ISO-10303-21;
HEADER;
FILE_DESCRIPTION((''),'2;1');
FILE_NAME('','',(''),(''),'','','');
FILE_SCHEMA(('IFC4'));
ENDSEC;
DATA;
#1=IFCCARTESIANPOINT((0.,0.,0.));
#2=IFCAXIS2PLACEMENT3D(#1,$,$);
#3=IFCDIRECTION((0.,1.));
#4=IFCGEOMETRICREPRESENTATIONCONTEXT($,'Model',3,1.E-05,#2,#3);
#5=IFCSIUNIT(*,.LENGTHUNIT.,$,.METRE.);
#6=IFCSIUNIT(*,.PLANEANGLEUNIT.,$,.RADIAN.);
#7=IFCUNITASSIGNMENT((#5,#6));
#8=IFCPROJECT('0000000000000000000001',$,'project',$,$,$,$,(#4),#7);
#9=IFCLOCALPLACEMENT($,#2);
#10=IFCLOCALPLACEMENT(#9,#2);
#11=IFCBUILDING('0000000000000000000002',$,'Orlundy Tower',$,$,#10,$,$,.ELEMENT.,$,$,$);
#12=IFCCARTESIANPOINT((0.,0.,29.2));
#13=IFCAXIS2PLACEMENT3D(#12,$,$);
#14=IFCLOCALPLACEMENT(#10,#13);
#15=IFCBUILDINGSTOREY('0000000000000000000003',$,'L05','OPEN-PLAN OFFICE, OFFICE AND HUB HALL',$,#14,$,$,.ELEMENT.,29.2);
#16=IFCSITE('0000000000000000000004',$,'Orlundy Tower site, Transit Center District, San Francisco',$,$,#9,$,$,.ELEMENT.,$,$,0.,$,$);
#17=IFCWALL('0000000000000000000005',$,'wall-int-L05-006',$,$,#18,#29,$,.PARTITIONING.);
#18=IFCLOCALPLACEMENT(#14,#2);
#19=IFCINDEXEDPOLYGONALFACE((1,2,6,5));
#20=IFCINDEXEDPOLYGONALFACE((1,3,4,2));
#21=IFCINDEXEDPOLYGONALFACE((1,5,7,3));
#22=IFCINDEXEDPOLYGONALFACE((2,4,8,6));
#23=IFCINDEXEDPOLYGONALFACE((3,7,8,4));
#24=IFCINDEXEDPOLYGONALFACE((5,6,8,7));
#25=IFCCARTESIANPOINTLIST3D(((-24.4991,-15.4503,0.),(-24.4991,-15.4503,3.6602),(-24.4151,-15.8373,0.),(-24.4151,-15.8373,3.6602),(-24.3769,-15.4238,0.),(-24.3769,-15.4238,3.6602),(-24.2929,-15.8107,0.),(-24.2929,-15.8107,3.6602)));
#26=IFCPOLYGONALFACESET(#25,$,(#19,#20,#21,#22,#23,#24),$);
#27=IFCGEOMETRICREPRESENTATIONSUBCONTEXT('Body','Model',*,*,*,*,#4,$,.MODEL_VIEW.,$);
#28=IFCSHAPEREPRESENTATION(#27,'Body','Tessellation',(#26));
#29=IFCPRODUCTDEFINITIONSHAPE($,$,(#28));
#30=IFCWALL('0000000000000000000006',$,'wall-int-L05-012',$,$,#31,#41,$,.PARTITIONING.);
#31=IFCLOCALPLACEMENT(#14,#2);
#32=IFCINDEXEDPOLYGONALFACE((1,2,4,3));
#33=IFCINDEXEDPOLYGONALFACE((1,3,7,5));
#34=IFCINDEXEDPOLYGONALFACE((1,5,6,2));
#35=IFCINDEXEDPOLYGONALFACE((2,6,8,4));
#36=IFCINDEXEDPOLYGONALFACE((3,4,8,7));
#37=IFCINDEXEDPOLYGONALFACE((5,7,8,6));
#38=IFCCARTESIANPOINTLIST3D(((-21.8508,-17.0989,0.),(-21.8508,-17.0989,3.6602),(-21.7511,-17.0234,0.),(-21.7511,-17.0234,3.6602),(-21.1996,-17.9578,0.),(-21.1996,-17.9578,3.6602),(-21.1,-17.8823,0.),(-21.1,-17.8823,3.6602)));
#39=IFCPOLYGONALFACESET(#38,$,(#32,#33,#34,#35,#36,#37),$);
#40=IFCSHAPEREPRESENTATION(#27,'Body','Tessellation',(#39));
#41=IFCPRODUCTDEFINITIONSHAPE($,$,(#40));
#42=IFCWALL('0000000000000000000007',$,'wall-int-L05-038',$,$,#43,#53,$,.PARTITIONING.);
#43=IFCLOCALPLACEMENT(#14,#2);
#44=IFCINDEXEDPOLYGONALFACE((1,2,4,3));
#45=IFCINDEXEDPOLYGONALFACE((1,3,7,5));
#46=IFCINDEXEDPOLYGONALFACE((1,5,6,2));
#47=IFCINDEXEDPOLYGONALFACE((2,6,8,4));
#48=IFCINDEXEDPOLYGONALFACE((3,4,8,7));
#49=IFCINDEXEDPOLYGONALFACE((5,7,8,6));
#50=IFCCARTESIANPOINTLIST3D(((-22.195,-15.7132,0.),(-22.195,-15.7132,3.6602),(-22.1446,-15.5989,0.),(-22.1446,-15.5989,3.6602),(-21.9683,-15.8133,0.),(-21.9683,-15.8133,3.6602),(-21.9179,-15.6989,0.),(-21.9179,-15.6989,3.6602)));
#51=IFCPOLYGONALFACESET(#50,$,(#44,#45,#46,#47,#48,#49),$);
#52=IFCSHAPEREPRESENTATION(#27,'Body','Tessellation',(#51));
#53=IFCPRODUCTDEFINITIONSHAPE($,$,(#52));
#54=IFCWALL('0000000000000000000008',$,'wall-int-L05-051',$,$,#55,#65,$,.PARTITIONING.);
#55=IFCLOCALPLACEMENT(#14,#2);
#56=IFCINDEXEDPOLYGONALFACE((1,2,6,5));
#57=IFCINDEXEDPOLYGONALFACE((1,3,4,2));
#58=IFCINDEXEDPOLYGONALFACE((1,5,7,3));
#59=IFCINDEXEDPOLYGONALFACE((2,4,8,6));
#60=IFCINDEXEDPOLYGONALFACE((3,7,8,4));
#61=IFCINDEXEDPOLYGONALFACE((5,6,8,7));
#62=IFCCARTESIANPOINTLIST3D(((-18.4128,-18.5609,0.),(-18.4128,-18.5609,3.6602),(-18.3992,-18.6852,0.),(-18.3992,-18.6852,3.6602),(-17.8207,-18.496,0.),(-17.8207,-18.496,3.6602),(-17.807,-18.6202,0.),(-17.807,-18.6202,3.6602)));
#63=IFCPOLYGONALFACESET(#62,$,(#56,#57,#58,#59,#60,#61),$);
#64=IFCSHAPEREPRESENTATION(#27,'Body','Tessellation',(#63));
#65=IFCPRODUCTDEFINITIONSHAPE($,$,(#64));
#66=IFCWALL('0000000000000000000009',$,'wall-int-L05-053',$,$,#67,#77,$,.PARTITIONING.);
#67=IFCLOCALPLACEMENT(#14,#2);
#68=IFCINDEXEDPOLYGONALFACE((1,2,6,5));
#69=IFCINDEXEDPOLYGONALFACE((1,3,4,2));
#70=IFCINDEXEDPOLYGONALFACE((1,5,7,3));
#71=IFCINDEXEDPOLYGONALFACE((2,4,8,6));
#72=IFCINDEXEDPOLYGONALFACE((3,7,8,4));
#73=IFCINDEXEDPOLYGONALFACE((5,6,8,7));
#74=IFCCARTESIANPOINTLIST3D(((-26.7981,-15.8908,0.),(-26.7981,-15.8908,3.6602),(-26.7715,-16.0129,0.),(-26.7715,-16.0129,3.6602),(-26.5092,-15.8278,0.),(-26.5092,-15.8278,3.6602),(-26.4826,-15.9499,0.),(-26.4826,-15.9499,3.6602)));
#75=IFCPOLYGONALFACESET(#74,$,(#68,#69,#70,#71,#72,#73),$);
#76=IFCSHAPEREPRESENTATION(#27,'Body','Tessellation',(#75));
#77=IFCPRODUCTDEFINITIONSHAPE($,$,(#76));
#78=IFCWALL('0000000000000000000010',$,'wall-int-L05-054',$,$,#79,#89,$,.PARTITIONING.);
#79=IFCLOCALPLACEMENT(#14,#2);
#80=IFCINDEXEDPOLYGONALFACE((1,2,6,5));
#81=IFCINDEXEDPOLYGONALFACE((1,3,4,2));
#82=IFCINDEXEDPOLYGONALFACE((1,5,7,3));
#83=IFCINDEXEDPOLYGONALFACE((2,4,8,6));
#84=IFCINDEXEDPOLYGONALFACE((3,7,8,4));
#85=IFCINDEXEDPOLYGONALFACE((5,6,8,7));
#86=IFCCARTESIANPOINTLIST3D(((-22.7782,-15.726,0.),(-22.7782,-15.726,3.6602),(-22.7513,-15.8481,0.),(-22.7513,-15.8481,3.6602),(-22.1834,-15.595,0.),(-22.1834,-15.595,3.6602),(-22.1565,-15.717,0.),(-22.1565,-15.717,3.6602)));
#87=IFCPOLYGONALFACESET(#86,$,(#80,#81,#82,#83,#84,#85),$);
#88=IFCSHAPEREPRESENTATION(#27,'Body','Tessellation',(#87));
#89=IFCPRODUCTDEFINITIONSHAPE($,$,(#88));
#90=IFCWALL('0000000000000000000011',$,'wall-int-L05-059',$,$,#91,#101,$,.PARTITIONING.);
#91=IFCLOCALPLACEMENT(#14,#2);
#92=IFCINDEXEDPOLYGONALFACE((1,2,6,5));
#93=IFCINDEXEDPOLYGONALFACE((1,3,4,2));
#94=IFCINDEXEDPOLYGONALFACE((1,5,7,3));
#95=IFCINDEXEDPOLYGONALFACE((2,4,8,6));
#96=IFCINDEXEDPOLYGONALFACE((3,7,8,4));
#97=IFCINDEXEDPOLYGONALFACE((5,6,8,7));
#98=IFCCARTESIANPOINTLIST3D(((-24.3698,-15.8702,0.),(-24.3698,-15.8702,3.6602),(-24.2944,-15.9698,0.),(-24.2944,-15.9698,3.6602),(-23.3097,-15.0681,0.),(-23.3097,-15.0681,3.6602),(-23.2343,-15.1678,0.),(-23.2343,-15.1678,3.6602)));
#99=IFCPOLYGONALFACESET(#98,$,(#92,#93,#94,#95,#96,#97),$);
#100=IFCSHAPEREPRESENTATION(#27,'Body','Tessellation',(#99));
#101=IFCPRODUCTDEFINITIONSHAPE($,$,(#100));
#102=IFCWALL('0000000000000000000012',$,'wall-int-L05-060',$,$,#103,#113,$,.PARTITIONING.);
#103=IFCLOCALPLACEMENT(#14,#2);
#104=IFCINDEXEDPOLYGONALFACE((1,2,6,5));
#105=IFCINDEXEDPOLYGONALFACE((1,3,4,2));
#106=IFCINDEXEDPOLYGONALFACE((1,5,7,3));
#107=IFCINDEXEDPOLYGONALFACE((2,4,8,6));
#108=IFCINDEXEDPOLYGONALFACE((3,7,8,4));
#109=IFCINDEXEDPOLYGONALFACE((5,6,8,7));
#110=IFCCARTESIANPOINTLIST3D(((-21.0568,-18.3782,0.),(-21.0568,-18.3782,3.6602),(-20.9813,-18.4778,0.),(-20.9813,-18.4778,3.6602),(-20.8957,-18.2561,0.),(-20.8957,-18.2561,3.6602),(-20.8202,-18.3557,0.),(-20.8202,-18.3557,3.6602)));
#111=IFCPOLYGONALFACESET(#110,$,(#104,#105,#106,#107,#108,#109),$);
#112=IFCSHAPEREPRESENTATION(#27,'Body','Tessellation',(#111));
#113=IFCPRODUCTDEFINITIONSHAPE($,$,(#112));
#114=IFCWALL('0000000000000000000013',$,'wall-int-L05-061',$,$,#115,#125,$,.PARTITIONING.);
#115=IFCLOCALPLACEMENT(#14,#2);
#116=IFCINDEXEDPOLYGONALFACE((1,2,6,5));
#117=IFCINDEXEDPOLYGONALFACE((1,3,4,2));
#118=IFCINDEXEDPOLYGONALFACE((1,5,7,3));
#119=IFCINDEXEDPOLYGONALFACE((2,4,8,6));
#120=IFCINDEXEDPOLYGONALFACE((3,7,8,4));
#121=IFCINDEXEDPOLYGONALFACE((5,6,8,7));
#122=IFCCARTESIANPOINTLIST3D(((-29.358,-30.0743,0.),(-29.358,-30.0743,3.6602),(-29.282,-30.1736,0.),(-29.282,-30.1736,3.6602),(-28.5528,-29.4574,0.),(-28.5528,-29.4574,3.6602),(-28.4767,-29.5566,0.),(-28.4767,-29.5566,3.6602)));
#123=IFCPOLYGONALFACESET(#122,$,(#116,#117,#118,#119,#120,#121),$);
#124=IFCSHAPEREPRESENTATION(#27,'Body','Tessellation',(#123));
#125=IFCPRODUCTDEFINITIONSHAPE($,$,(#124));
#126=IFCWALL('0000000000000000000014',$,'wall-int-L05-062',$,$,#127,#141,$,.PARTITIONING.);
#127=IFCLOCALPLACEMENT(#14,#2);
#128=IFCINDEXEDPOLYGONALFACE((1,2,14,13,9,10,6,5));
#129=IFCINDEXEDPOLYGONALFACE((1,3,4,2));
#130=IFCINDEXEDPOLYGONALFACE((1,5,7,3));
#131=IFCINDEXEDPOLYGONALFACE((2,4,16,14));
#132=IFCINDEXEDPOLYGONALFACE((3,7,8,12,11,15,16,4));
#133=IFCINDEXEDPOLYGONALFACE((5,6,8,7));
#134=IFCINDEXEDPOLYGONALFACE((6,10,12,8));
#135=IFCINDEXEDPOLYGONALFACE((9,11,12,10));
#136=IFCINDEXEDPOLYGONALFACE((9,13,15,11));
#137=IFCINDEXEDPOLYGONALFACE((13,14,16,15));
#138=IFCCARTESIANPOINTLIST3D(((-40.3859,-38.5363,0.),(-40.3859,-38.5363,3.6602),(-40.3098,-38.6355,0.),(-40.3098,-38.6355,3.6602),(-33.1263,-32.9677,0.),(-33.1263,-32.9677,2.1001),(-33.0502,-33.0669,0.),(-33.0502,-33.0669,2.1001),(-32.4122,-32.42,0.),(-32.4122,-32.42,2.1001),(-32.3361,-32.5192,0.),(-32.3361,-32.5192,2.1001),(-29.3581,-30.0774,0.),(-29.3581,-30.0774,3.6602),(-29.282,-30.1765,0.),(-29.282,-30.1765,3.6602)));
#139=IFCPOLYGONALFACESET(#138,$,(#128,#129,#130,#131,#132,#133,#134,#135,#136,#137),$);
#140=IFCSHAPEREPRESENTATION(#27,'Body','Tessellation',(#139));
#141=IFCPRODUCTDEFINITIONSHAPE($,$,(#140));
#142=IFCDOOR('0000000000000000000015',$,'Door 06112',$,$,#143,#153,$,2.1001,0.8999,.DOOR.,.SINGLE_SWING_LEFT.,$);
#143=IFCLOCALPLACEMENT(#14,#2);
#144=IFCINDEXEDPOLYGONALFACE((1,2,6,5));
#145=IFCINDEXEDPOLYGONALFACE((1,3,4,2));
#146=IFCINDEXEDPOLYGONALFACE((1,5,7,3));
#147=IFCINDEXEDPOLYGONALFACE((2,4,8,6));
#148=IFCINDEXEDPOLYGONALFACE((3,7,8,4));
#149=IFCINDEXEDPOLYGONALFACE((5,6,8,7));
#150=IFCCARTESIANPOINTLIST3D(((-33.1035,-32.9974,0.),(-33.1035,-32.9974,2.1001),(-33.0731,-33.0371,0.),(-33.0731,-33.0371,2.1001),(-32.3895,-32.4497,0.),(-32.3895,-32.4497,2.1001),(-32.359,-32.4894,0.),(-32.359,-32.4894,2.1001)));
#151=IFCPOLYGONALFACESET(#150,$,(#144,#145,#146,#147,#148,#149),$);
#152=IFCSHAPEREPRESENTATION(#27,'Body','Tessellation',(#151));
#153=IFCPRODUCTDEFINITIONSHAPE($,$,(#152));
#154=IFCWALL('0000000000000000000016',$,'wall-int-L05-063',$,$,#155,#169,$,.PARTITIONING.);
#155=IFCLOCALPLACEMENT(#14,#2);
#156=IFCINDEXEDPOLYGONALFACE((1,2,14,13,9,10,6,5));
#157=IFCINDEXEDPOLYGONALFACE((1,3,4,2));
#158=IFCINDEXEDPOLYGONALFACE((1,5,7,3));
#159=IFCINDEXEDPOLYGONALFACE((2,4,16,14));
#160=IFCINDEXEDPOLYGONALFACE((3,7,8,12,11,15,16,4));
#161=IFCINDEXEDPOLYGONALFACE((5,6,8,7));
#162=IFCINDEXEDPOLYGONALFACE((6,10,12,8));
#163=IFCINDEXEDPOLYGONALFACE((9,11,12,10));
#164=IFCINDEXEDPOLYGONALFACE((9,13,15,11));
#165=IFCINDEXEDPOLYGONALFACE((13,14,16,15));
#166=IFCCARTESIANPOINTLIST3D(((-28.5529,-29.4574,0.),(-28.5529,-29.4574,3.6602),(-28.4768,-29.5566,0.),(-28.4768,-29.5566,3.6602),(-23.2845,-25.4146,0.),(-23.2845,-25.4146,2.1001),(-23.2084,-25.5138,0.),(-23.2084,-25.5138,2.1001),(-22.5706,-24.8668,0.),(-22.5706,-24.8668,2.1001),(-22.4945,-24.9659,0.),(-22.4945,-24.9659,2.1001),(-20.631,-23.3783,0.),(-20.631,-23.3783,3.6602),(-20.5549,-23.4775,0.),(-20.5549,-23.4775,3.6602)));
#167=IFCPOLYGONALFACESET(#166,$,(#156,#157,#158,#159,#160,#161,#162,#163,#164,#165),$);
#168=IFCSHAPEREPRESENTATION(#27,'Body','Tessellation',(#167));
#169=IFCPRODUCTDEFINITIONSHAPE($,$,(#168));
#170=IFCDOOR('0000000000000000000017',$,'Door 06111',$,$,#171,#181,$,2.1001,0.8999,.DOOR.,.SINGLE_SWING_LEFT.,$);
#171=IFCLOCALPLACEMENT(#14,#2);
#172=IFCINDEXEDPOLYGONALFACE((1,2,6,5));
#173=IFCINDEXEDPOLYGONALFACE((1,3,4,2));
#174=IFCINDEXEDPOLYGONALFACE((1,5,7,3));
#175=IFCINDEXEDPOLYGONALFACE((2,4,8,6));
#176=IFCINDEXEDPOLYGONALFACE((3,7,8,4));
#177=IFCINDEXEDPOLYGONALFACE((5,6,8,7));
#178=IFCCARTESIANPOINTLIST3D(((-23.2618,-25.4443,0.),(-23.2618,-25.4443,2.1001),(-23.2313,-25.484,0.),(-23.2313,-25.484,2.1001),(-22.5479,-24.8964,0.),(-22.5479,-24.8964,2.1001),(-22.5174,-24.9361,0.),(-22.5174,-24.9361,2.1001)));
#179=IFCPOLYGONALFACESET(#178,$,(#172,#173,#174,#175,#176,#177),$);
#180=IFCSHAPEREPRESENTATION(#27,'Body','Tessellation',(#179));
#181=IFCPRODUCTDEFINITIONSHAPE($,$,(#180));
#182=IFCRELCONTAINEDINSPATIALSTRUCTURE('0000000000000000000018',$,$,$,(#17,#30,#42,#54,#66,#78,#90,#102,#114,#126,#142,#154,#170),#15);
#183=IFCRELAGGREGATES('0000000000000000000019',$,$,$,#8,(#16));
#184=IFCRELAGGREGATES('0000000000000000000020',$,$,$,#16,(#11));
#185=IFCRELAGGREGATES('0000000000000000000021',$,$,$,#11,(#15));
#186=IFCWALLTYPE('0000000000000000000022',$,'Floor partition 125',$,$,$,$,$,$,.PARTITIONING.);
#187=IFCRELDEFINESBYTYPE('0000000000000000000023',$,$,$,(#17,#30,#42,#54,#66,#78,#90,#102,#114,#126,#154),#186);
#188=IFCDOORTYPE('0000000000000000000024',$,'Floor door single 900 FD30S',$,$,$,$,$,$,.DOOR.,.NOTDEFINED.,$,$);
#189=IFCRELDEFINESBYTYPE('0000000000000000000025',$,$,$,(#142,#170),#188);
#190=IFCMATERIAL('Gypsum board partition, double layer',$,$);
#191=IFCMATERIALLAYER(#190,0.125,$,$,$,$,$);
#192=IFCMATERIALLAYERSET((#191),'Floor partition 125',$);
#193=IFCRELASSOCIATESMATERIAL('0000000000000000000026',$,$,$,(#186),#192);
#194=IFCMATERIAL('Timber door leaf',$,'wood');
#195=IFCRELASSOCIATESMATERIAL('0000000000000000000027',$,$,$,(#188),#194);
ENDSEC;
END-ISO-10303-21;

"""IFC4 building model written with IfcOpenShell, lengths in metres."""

from ifc_helpers import new_model, si_unit, direction, frame, frame_2d, origin, place, context, subcontext, project, spatial, rectangle, extrude, material, layer, layer_set, type_object, element, fill, save


model = new_model("IFC4")

# Units and contexts
model_context = context("Model", 3, precision=1e-05, world=origin(), true_north=direction((0.0, 1.0)))
body_context = subcontext(model_context, "Body", "Model", "MODEL_VIEW")
ifc_project = project(units=[si_unit("LENGTHUNIT", "METRE"), si_unit("PLANEANGLEUNIT", "RADIAN")], contexts=[model_context])

# Site, building, storey
site_placement = place(None, origin())
site = spatial("IfcSite", under=ifc_project, at=site_placement, Name="Orlundy Tower site, Transit Center District, San Francisco", CompositionType="ELEMENT", RefElevation=0.0)
building_placement = place(site_placement, origin())
building = spatial("IfcBuilding", under=site, at=building_placement, Name="Orlundy Tower", CompositionType="ELEMENT")
storey_placement = place(building_placement, frame((0.0, 0.0, 29.2)))
storey = spatial("IfcBuildingStorey", under=building, at=storey_placement, Name="L05", Description="OPEN-PLAN OFFICE, OFFICE AND HUB HALL", CompositionType="ELEMENT", Elevation=29.2)

# Walls
ifc_material_1 = material(Name="Gypsum board partition, double layer")
ifc_layer_1 = layer(ifc_material_1, 0.125)
ifc_layer_set_1 = layer_set([ifc_layer_1], Name="Floor partition 125")
wall_type_1 = type_object("IfcWallType", Name="Floor partition 125", PredefinedType="PARTITIONING", material=ifc_layer_set_1)
wall_1_placement = place(storey_placement, frame((-24.438, -15.437, 0.0), z_axis=(0.0, 0.0, 1.0), x_axis=(0.212097, -0.977249, 0.0)))
element("IfcWall", 1, at=wall_1_placement, inside=storey, type_object=wall_type_1, Name="wall-int-L05-006", PredefinedType="PARTITIONING", context=body_context, shape_type="SweptSolid", body=[
    extrude(rectangle(XDim=0.396, YDim=0.125, at=frame_2d((0.198, 0.0))), origin(), (0.0, 0.0, 1.0), 3.6602),
])
wall_2_placement = place(storey_placement, frame((-21.801, -17.061, 0.0), z_axis=(0.0, 0.0, 1.0), x_axis=(0.604124, -0.796891, 0.0)))
element("IfcWall", 2, at=wall_2_placement, inside=storey, type_object=wall_type_1, Name="wall-int-L05-012", PredefinedType="PARTITIONING", context=body_context, shape_type="SweptSolid", body=[
    extrude(rectangle(XDim=1.0779, YDim=0.125, at=frame_2d((0.5391, 0.0))), origin(), (0.0, 0.0, 1.0), 3.6602),
])
wall_3_placement = place(storey_placement, frame((-22.1699, -15.656, 0.0), z_axis=(0.0, 0.0, 1.0), x_axis=(0.914864, -0.403761, 0.0)))
element("IfcWall", 3, at=wall_3_placement, inside=storey, type_object=wall_type_1, Name="wall-int-L05-038", PredefinedType="PARTITIONING", context=body_context, shape_type="SweptSolid", body=[
    extrude(rectangle(XDim=0.2478, YDim=0.125, at=frame_2d((0.124, 0.0))), origin(), (0.0, 0.0, 1.0), 3.6602),
])
wall_4_placement = place(storey_placement, frame((-18.406, -18.623, 0.0), z_axis=(0.0, 0.0, 1.0), x_axis=(0.994038, 0.109037, 0.0)))
element("IfcWall", 4, at=wall_4_placement, inside=storey, type_object=wall_type_1, Name="wall-int-L05-051", PredefinedType="PARTITIONING", context=body_context, shape_type="SweptSolid", body=[
    extrude(rectangle(XDim=0.5957, YDim=0.125, at=frame_2d((0.2979, 0.0))), origin(), (0.0, 0.0, 1.0), 3.6602),
])
wall_5_placement = place(storey_placement, frame((-26.7849, -15.9519, 0.0), z_axis=(0.0, 0.0, 1.0), x_axis=(0.977035, 0.213081, 0.0)))
element("IfcWall", 5, at=wall_5_placement, inside=storey, type_object=wall_type_1, Name="wall-int-L05-053", PredefinedType="PARTITIONING", context=body_context, shape_type="SweptSolid", body=[
    extrude(rectangle(XDim=0.2957, YDim=0.125, at=frame_2d((0.1479, 0.0))), origin(), (0.0, 0.0, 1.0), 3.6602),
])
wall_6_placement = place(storey_placement, frame((-22.7649, -15.7871, 0.0), z_axis=(0.0, 0.0, 1.0), x_axis=(0.976572, 0.21519, 0.0)))
element("IfcWall", 6, at=wall_6_placement, inside=storey, type_object=wall_type_1, Name="wall-int-L05-054", PredefinedType="PARTITIONING", context=body_context, shape_type="SweptSolid", body=[
    extrude(rectangle(XDim=0.6091, YDim=0.125, at=frame_2d((0.3047, 0.0))), origin(), (0.0, 0.0, 1.0), 3.6602),
])
wall_7_placement = place(storey_placement, frame((-24.332, -15.9199, 0.0), z_axis=(0.0, 0.0, 1.0), x_axis=(0.79748, 0.603345, 0.0)))
element("IfcWall", 7, at=wall_7_placement, inside=storey, type_object=wall_type_1, Name="wall-int-L05-059", PredefinedType="PARTITIONING", context=body_context, shape_type="SweptSolid", body=[
    extrude(rectangle(XDim=1.3293, YDim=0.125, at=frame_2d((0.6646, 0.0))), origin(), (0.0, 0.0, 1.0), 3.6602),
])
wall_8_placement = place(storey_placement, frame((-21.019, -18.428, 0.0), z_axis=(0.0, 0.0, 1.0), x_axis=(0.797092, 0.603858, 0.0)))
element("IfcWall", 8, at=wall_8_placement, inside=storey, type_object=wall_type_1, Name="wall-int-L05-060", PredefinedType="PARTITIONING", context=body_context, shape_type="SweptSolid", body=[
    extrude(rectangle(XDim=0.2021, YDim=0.125, at=frame_2d((0.1011, 0.0))), origin(), (0.0, 0.0, 1.0), 3.6602),
])
wall_9_placement = place(storey_placement, frame((-29.3201, -30.124, 0.0), z_axis=(0.0, 0.0, 1.0), x_axis=(0.793777, 0.608209, 0.0)))
element("IfcWall", 9, at=wall_9_placement, inside=storey, type_object=wall_type_1, Name="wall-int-L05-061", PredefinedType="PARTITIONING", context=body_context, shape_type="SweptSolid", body=[
    extrude(rectangle(XDim=1.0144, YDim=0.125, at=frame_2d((0.5073, 0.0))), origin(), (0.0, 0.0, 1.0), 3.6602),
])

# Walls, openings, doors
wall_10_placement = place(storey_placement, frame((-29.3201, -30.127, 0.0), z_axis=(0.0, 0.0, 1.0), x_axis=(-0.793456, -0.608627, 0.0)))
wall_10 = element("IfcWall", 10, at=wall_10_placement, inside=storey, type_object=wall_type_1, Name="wall-int-L05-062", PredefinedType="PARTITIONING", context=body_context, shape_type="SweptSolid", body=[
    extrude(rectangle(XDim=13.8984, YDim=0.125, at=frame_2d((6.9492, 0.0))), origin(), (0.0, 0.0, 1.0), 3.6602),
])
opening_1_placement = place(wall_10_placement, frame((3.8491, 0.0, 0.0)))
opening_1 = element("IfcOpeningElement", 11, at=opening_1_placement, cuts=wall_10, PredefinedType="OPENING", context=body_context, shape_type="SweptSolid", body=[
    extrude(rectangle(XDim=0.8999, YDim=2.1001, at=frame_2d((0.45, 1.05))), frame((0.0, 0.0725, 0.0), z_axis=(0.0, -1.0, 0.0), x_axis=(1.0, 0.0, 0.0)), (0.0, 0.0, 1.0), 0.145),
])
ifc_material_2 = material(Name="Timber door leaf", Category="wood")
door_type = type_object("IfcDoorType", Name="Floor door single 900 FD30S", OperationType="NOTDEFINED", PredefinedType="DOOR", material=ifc_material_2)
door_1_placement = place(opening_1_placement, origin())
door_1 = element("IfcDoor", 12, at=door_1_placement, inside=storey, type_object=door_type, Name="Door 06112", OperationType="SINGLE_SWING_LEFT", OverallHeight=2.1001, OverallWidth=0.8999, PredefinedType="DOOR", context=body_context, shape_type="SweptSolid", body=[
    extrude(rectangle(XDim=0.8999, YDim=2.1001, at=frame_2d((0.45, 1.05))), frame((0.0, 0.0249, 0.0), z_axis=(0.0, -1.0, 0.0), x_axis=(1.0, 0.0, 0.0)), (0.0, 0.0, 1.0), 0.05),
])
fill(opening_1, door_1)
wall_11_placement = place(storey_placement, frame((-20.593, -23.428, 0.0), z_axis=(0.0, 0.0, 1.0), x_axis=(-0.793332, -0.608789, 0.0)))
wall_11 = element("IfcWall", 13, at=wall_11_placement, inside=storey, type_object=wall_type_1, Name="wall-int-L05-063", PredefinedType="PARTITIONING", context=body_context, shape_type="SweptSolid", body=[
    extrude(rectangle(XDim=9.9856, YDim=0.125, at=frame_2d((4.9927, 0.0))), origin(), (0.0, 0.0, 1.0), 3.6602),
])
opening_2_placement = place(wall_11_placement, frame((2.4448, 0.0, 0.0)))
opening_2 = element("IfcOpeningElement", 14, at=opening_2_placement, cuts=wall_11, PredefinedType="OPENING", context=body_context, shape_type="SweptSolid", body=[
    extrude(rectangle(XDim=0.8999, YDim=2.1001, at=frame_2d((0.45, 1.05))), frame((0.0, 0.0725, 0.0), z_axis=(0.0, -1.0, 0.0), x_axis=(1.0, 0.0, 0.0)), (0.0, 0.0, 1.0), 0.145),
])
door_2_placement = place(opening_2_placement, origin())
door_2 = element("IfcDoor", 15, at=door_2_placement, inside=storey, type_object=door_type, Name="Door 06111", OperationType="SINGLE_SWING_LEFT", OverallHeight=2.1001, OverallWidth=0.8999, PredefinedType="DOOR", context=body_context, shape_type="SweptSolid", body=[
    extrude(rectangle(XDim=0.8999, YDim=2.1001, at=frame_2d((0.45, 1.05))), frame((0.0, 0.0249, 0.0), z_axis=(0.0, -1.0, 0.0), x_axis=(1.0, 0.0, 0.0)), (0.0, 0.0, 1.0), 0.05),
])
fill(opening_2, door_2)

save(model, "model.ifc")
